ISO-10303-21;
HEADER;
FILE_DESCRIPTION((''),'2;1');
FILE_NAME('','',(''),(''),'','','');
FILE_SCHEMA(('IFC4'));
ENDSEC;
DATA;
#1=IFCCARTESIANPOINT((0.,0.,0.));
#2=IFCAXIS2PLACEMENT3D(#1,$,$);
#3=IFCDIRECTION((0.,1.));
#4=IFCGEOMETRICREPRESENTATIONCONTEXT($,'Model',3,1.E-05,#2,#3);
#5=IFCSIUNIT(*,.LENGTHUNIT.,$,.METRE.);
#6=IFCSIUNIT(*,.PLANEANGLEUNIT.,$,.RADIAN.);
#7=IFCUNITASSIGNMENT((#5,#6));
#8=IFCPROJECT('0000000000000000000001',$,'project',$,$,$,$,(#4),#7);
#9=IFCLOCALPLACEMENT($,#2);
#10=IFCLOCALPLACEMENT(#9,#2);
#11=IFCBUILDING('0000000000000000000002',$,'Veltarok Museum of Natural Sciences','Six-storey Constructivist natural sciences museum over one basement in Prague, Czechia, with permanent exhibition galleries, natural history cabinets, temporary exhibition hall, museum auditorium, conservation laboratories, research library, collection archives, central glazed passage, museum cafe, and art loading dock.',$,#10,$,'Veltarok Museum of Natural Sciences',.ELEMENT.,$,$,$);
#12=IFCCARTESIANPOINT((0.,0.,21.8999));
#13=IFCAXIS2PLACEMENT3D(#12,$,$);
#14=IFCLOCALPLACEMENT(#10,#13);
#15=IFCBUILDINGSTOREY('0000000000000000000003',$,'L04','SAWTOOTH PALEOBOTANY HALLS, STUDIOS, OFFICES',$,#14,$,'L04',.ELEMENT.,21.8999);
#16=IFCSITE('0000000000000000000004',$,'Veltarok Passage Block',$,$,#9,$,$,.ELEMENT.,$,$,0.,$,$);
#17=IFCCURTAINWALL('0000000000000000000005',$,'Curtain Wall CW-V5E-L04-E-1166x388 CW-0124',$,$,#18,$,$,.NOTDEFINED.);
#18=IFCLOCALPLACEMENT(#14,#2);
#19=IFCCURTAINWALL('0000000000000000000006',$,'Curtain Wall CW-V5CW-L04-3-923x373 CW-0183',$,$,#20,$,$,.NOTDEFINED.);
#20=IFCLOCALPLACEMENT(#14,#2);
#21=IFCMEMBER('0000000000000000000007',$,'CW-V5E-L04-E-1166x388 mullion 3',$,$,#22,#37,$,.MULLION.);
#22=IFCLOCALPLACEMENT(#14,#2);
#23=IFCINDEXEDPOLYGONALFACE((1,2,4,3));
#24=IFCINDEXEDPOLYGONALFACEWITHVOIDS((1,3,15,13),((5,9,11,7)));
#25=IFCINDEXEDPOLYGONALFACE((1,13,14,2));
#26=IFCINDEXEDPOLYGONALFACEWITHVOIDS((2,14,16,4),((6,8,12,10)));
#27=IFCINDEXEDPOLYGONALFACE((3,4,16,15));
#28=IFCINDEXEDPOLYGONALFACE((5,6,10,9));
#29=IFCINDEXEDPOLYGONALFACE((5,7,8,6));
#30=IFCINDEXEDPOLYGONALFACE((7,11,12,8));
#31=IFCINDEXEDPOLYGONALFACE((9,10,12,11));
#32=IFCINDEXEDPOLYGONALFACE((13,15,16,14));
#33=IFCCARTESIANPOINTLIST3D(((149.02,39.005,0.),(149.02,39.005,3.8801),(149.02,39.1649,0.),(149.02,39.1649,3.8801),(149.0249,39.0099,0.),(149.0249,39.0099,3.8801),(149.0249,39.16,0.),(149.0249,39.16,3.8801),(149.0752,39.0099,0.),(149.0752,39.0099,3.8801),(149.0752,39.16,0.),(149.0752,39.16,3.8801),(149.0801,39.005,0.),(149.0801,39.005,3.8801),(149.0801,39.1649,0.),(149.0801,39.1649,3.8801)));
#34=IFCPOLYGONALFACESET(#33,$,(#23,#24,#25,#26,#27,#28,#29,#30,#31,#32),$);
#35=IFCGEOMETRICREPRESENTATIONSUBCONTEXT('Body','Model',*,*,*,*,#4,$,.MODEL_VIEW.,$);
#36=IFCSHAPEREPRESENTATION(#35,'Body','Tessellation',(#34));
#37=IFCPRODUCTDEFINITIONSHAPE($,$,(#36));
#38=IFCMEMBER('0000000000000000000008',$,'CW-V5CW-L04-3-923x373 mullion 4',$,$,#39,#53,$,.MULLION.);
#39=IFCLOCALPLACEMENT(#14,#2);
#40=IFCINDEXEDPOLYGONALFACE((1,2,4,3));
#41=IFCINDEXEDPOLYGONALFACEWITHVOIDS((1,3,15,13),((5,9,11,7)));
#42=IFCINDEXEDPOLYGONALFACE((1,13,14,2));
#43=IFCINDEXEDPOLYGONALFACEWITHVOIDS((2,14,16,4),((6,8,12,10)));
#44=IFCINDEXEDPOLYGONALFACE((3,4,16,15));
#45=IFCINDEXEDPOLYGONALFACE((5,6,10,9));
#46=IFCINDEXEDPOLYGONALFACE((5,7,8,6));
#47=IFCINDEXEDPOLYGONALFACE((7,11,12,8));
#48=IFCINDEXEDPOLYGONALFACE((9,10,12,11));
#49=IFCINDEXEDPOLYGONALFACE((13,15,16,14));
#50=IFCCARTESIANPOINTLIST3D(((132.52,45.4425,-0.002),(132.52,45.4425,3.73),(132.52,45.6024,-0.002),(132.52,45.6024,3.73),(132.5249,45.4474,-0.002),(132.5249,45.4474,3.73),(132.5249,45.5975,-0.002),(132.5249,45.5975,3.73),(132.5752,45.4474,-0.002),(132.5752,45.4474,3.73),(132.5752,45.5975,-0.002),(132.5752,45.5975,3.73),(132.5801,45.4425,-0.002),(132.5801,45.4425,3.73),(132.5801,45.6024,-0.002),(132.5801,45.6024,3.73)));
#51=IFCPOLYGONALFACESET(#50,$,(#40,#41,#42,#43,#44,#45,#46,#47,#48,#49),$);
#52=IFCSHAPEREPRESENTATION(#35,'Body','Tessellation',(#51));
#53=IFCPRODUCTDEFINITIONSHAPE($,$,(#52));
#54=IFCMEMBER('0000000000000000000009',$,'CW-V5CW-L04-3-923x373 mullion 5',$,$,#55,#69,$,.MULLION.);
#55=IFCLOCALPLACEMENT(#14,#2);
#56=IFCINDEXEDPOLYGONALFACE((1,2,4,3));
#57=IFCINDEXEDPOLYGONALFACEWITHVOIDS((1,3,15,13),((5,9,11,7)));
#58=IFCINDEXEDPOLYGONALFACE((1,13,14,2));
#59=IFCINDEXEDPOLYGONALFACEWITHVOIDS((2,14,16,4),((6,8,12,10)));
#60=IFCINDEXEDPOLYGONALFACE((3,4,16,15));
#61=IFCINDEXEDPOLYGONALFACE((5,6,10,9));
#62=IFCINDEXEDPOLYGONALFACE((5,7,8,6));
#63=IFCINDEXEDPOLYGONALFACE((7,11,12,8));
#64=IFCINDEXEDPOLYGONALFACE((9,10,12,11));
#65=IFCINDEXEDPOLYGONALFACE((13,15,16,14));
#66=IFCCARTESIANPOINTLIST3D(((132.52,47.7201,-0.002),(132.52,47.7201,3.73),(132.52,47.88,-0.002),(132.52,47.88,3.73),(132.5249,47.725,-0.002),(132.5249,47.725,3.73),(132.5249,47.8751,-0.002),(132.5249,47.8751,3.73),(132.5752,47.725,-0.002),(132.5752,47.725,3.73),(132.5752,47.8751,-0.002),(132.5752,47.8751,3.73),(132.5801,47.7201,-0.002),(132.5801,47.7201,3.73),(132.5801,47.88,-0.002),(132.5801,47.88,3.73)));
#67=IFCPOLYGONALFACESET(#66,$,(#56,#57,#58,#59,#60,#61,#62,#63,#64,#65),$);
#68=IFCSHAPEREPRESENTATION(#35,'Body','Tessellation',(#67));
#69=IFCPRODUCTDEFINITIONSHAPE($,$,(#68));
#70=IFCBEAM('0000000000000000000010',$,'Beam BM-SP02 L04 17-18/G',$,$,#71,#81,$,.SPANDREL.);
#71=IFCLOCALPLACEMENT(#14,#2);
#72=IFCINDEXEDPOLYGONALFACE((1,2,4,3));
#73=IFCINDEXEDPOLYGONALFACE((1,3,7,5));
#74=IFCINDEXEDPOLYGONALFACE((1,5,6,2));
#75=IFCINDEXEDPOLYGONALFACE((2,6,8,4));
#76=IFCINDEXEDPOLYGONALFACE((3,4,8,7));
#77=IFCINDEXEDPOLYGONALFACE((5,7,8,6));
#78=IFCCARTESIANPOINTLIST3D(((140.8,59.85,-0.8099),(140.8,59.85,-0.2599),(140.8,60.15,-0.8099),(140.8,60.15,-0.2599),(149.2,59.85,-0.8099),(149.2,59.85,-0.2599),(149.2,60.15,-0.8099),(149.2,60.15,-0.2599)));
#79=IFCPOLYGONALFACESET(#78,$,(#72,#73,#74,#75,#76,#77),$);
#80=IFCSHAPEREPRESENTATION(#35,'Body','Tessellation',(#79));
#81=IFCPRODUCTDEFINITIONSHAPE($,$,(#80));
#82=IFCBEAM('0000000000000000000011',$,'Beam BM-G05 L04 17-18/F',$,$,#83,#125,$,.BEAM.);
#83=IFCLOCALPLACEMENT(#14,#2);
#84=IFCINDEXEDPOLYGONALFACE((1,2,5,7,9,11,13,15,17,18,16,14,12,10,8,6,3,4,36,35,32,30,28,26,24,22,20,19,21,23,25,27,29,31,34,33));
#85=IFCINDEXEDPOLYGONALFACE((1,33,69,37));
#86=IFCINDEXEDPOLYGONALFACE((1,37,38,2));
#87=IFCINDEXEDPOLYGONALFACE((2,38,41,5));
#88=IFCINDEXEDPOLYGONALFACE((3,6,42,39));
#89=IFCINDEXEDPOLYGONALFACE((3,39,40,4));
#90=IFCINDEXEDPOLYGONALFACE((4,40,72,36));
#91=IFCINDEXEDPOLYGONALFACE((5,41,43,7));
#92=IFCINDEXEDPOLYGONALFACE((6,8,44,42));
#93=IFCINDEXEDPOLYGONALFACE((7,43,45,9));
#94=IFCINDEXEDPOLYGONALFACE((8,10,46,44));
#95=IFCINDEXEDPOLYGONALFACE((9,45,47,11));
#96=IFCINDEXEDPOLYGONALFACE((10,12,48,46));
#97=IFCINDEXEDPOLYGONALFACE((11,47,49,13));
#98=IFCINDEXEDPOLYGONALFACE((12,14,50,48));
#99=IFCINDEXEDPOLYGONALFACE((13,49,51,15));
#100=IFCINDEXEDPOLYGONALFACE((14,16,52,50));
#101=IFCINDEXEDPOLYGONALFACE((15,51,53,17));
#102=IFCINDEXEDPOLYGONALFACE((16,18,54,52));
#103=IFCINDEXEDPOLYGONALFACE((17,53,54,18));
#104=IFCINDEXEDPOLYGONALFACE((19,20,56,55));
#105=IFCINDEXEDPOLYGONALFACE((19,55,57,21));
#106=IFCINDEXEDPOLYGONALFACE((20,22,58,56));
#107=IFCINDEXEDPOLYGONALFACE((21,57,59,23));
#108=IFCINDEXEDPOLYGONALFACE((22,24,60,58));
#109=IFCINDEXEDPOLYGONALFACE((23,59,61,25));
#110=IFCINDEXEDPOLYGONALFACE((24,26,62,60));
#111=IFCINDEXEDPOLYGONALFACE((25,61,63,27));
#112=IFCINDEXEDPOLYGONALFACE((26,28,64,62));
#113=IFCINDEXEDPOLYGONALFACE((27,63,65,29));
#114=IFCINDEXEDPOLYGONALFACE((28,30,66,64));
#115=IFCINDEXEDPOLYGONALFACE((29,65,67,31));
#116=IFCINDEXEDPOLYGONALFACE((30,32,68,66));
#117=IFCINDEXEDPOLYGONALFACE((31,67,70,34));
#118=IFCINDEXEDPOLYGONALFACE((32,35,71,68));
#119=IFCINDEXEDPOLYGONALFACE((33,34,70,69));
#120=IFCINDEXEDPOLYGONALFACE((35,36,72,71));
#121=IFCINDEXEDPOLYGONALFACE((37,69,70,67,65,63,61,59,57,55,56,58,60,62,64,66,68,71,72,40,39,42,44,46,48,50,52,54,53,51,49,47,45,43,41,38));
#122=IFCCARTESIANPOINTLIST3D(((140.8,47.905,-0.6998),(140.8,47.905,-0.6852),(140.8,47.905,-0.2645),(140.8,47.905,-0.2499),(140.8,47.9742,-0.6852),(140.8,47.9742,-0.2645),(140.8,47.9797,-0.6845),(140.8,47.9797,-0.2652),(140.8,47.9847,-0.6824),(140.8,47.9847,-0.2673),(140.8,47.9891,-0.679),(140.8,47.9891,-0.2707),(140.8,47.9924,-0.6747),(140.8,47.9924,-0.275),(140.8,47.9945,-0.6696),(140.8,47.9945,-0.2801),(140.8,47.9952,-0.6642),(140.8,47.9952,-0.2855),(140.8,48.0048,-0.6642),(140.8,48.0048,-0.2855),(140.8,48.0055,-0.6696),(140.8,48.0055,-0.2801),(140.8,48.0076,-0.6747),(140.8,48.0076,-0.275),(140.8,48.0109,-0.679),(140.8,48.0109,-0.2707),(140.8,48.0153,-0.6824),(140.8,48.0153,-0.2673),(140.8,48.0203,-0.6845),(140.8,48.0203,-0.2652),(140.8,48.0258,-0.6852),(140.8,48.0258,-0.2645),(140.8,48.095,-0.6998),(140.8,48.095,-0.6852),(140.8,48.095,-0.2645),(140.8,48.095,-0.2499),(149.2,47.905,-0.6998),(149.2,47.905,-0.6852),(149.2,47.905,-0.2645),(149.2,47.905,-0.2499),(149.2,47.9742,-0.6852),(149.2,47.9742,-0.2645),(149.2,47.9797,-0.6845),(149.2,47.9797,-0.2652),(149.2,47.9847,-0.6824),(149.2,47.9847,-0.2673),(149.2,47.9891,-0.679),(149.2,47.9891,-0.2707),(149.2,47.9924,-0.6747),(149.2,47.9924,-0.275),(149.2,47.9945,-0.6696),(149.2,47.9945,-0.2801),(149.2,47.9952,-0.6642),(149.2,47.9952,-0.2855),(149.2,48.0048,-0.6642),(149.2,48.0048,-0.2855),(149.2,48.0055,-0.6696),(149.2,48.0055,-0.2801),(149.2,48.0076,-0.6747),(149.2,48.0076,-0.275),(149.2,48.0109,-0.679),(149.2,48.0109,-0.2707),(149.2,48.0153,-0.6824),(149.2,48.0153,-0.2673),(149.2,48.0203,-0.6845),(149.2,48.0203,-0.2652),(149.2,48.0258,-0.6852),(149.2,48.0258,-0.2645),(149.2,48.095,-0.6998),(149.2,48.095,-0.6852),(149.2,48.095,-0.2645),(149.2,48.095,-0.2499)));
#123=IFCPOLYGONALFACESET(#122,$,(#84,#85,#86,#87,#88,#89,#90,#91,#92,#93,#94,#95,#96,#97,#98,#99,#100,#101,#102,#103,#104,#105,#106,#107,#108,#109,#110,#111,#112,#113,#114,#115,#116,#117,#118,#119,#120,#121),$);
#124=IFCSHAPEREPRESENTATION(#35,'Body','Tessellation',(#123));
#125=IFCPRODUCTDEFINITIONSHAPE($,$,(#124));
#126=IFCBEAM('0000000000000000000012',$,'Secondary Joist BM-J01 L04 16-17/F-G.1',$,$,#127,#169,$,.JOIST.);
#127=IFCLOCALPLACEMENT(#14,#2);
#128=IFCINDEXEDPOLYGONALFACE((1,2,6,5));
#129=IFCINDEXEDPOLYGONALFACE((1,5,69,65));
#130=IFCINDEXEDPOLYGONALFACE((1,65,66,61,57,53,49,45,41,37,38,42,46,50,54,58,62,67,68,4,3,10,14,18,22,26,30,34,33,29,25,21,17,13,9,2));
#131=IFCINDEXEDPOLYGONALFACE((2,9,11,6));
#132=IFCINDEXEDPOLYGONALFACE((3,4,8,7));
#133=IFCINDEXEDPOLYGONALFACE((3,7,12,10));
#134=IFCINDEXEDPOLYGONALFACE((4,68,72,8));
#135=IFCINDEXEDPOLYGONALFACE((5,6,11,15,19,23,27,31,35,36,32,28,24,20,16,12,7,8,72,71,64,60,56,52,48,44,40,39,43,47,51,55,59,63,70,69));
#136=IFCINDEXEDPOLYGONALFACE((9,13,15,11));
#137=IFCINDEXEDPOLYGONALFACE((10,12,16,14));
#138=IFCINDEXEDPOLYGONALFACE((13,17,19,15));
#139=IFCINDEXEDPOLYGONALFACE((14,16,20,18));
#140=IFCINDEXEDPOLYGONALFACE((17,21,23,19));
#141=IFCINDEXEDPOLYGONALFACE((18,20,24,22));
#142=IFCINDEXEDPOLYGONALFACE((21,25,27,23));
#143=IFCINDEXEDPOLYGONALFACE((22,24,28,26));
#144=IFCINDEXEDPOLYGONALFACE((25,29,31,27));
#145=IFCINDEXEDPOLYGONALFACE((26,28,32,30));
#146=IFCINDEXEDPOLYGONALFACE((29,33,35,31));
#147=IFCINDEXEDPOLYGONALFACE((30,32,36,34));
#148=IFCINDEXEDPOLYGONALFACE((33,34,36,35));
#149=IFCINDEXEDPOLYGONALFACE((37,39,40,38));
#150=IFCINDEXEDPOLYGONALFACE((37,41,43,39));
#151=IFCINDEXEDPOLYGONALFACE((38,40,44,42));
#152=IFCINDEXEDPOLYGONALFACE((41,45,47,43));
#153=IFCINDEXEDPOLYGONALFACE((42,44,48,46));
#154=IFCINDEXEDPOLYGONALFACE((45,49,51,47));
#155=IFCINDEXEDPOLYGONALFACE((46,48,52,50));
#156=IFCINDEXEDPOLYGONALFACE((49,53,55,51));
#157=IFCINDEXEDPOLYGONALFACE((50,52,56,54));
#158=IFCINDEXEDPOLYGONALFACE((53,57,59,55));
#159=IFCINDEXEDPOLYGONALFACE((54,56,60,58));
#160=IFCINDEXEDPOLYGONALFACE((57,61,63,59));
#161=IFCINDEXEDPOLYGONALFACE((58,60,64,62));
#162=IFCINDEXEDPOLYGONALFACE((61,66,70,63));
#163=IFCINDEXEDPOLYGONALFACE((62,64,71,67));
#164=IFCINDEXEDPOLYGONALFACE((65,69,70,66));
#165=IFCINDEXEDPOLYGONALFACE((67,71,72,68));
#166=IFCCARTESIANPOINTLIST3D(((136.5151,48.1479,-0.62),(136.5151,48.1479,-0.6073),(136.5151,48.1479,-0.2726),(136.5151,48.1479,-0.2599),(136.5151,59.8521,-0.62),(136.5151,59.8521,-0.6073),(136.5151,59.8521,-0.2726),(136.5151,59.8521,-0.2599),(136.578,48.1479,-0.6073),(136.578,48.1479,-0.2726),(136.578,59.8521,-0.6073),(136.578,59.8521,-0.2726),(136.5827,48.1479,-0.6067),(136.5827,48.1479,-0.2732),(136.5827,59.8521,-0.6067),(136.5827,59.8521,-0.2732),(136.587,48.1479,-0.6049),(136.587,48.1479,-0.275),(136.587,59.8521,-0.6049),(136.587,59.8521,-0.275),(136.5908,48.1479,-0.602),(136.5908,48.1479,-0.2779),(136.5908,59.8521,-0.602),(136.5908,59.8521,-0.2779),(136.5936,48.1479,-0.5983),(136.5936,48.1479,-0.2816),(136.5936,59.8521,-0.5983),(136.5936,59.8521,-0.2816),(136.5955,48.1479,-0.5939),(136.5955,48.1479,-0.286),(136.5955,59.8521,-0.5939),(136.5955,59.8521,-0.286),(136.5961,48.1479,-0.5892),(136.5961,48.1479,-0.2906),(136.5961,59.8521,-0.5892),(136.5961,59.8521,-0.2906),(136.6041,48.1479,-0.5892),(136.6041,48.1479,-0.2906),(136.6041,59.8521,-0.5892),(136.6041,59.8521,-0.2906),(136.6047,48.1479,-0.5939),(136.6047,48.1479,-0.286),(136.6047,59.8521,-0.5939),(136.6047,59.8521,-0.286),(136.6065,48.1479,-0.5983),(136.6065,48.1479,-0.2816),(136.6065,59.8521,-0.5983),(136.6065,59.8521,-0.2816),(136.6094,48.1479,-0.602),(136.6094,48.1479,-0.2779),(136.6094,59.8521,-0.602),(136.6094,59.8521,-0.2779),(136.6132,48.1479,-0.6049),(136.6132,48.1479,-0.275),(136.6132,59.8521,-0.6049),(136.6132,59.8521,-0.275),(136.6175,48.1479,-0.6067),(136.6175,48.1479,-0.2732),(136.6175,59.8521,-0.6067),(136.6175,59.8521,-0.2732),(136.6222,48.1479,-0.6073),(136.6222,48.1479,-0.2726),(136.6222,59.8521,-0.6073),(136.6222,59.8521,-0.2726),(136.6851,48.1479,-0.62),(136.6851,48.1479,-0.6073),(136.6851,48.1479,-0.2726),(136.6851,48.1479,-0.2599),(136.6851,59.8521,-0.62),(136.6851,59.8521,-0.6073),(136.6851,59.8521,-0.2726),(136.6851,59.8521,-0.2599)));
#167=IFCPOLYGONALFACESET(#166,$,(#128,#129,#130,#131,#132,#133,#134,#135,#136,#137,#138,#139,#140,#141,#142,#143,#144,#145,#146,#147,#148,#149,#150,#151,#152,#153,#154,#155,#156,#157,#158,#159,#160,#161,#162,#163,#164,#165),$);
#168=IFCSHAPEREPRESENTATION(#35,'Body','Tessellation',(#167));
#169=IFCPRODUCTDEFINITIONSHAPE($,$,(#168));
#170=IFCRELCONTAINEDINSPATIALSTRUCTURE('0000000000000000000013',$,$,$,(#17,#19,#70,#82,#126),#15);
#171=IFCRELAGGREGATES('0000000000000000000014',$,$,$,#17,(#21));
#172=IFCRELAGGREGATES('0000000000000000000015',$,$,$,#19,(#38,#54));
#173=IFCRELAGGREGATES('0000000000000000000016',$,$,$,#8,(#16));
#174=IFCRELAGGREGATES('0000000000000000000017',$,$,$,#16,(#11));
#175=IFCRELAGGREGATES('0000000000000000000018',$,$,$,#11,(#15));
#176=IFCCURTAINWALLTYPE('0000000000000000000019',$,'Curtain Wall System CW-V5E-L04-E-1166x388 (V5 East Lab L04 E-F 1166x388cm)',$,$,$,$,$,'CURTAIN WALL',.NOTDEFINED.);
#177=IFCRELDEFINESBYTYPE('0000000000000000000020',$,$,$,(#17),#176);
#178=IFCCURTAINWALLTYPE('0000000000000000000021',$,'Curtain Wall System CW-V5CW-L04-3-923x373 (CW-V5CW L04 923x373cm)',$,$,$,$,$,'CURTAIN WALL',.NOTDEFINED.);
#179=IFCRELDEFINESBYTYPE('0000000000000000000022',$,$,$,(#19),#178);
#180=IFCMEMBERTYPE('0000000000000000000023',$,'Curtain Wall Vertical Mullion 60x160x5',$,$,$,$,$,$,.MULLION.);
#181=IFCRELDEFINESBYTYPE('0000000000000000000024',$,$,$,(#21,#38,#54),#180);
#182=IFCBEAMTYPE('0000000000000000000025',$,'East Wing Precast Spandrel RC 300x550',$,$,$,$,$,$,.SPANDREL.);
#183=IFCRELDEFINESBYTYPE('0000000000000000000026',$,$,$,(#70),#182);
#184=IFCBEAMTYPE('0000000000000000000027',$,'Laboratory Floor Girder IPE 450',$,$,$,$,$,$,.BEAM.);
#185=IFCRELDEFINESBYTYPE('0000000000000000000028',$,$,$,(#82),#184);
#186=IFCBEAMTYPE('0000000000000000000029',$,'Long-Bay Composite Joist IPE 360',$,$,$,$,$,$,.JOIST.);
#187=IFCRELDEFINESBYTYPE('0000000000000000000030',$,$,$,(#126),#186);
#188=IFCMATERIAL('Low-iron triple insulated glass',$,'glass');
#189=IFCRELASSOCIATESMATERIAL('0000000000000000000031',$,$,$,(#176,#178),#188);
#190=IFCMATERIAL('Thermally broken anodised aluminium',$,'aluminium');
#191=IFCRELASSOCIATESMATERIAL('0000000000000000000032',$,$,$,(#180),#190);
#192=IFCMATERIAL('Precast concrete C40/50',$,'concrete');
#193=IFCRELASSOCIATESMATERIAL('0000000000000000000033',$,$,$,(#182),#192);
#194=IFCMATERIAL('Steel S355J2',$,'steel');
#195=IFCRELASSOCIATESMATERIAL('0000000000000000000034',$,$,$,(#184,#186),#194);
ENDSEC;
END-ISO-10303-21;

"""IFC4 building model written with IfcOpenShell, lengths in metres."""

from ifc_helpers import new_model, si_unit, direction, frame, origin, origin_2d, place, context, subcontext, project, spatial, rectangle, hollow_rectangle, i_section, extrude, material, material_profile, profile_set, type_object, element, aggregate, save


model = new_model("IFC4")

# Units and contexts
model_context = context("Model", 3, precision=1e-05, world=origin(), true_north=direction((0.0, 1.0)))
body_context = subcontext(model_context, "Body", "Model", "MODEL_VIEW")
ifc_project = project(units=[si_unit("LENGTHUNIT", "METRE"), si_unit("PLANEANGLEUNIT", "RADIAN")], contexts=[model_context])

# Site, building, storey
site_placement = place(None, origin())
site = spatial("IfcSite", under=ifc_project, at=site_placement, Name="Veltarok Passage Block", CompositionType="ELEMENT", RefElevation=0.0)
building_placement = place(site_placement, origin())
building = spatial("IfcBuilding", under=site, at=building_placement, Name="Veltarok Museum of Natural Sciences", Description="Six-storey Constructivist natural sciences museum over one basement in Prague, Czechia, with permanent exhibition galleries, natural history cabinets, temporary exhibition hall, museum auditorium, conservation laboratories, research library, collection archives, central glazed passage, museum cafe, and art loading dock.", LongName="Veltarok Museum of Natural Sciences", CompositionType="ELEMENT")
storey_placement = place(building_placement, frame((0.0, 0.0, 21.8999)))
storey = spatial("IfcBuildingStorey", under=building, at=storey_placement, Name="L04", Description="SAWTOOTH PALEOBOTANY HALLS, STUDIOS, OFFICES", LongName="L04", CompositionType="ELEMENT", Elevation=21.8999)

# Curtain walls
ifc_material_1 = material(Name="Low-iron triple insulated glass", Category="glass")
curtain_wall_type_1 = type_object("IfcCurtainWallType", Name="Curtain Wall System CW-V5E-L04-E-1166x388 (V5 East Lab L04 E-F 1166x388cm)", ElementType="CURTAIN WALL", PredefinedType="NOTDEFINED", material=ifc_material_1)
curtain_wall_1_placement = place(storey_placement, origin())
curtain_wall_1 = element("IfcCurtainWall", 1, at=curtain_wall_1_placement, inside=storey, type_object=curtain_wall_type_1, Name="Curtain Wall CW-V5E-L04-E-1166x388 CW-0124", PredefinedType="NOTDEFINED")
ifc_material_2 = material(Name="Thermally broken anodised aluminium", Category="aluminium")
curtain_wall_type_2 = type_object("IfcCurtainWallType", Name="Curtain Wall System CW-V5CW-L04-3-923x373 (CW-V5CW L04 923x373cm)", ElementType="CURTAIN WALL", PredefinedType="NOTDEFINED", material=ifc_material_1)
curtain_wall_2_placement = place(storey_placement, origin())
curtain_wall_2 = element("IfcCurtainWall", 2, at=curtain_wall_2_placement, inside=storey, type_object=curtain_wall_type_2, Name="Curtain Wall CW-V5CW-L04-3-923x373 CW-0183", PredefinedType="NOTDEFINED")

# Members
ifc_material_profile_1 = material_profile(ifc_material_2, hollow_rectangle(XDim=0.0601, YDim=0.1599, WallThickness=0.0049, at=origin_2d()), Name="CW MULLION 60x160x5")
ifc_profile_set_1 = profile_set([ifc_material_profile_1], Name="Thermally broken anodised aluminium")
member_type_1 = type_object("IfcMemberType", Name="Curtain Wall Vertical Mullion 60x160x5", PredefinedType="MULLION", material=ifc_profile_set_1)
member_1_placement = place(storey_placement, frame((149.05, 39.085, 0.0), z_axis=(0.0, 0.0, 1.0), x_axis=(-1.0, 0.0, 0.0)))
member_1 = element("IfcMember", 3, at=member_1_placement, type_object=member_type_1, Name="CW-V5E-L04-E-1166x388 mullion 3", PredefinedType="MULLION", context=body_context, shape_type="SweptSolid", body=[
    extrude(hollow_rectangle(XDim=0.0601, YDim=0.1599, WallThickness=0.0049, at=origin_2d()), origin(), (0.0, 0.0, 1.0), 3.8801),
])
member_2_placement = place(storey_placement, frame((132.55, 45.5225, -0.002), z_axis=(0.0, 0.0, 1.0), x_axis=(-1.0, 0.0, 0.0)))
member_2 = element("IfcMember", 4, at=member_2_placement, type_object=member_type_1, Name="CW-V5CW-L04-3-923x373 mullion 4", PredefinedType="MULLION", context=body_context, shape_type="SweptSolid", body=[
    extrude(hollow_rectangle(XDim=0.0601, YDim=0.1599, WallThickness=0.0049, at=origin_2d()), origin(), (0.0, 0.0, 1.0), 3.7319),
])
member_3_placement = place(storey_placement, frame((132.55, 47.8, -0.002), z_axis=(0.0, 0.0, 1.0), x_axis=(-1.0, 0.0, 0.0)))
member_3 = element("IfcMember", 5, at=member_3_placement, type_object=member_type_1, Name="CW-V5CW-L04-3-923x373 mullion 5", PredefinedType="MULLION", context=body_context, shape_type="SweptSolid", body=[
    extrude(hollow_rectangle(XDim=0.0601, YDim=0.1599, WallThickness=0.0049, at=origin_2d()), origin(), (0.0, 0.0, 1.0), 3.7319),
])

# Beams
ifc_material_3 = material(Name="Precast concrete C40/50", Category="concrete")
ifc_material_profile_2 = material_profile(ifc_material_3, rectangle(XDim=0.3, YDim=0.55, at=origin_2d()), Name="RC 300x550")
ifc_profile_set_2 = profile_set([ifc_material_profile_2], Name="Precast concrete C40/50")
beam_type_1 = type_object("IfcBeamType", Name="East Wing Precast Spandrel RC 300x550", PredefinedType="SPANDREL", material=ifc_profile_set_2)
beam_1_placement = place(storey_placement, frame((140.8, 60.0, -0.5349), z_axis=(1.0, 0.0, 0.0), x_axis=(0.0, 1.0, 0.0)))
element("IfcBeam", 6, at=beam_1_placement, inside=storey, type_object=beam_type_1, Name="Beam BM-SP02 L04 17-18/G", PredefinedType="SPANDREL", context=body_context, shape_type="SweptSolid", body=[
    extrude(rectangle(XDim=0.3, YDim=0.55, at=origin_2d()), origin(), (0.0, 0.0, 1.0), 8.3999),
])
ifc_material_4 = material(Name="Steel S355J2", Category="steel")
ifc_material_profile_3 = material_profile(ifc_material_4, i_section(OverallWidth=0.1899, OverallDepth=0.45, WebThickness=0.0095, FlangeThickness=0.0146, FilletRadius=0.021, at=origin_2d()), Name="IPE 450")
ifc_profile_set_3 = profile_set([ifc_material_profile_3], Name="Steel S355J2")
beam_type_2 = type_object("IfcBeamType", Name="Laboratory Floor Girder IPE 450", PredefinedType="BEAM", material=ifc_profile_set_3)
beam_2_placement = place(storey_placement, frame((140.8, 48.0, -0.4749), z_axis=(1.0, 0.0, 0.0), x_axis=(0.0, 1.0, 0.0)))
element("IfcBeam", 7, at=beam_2_placement, inside=storey, type_object=beam_type_2, Name="Beam BM-G05 L04 17-18/F", PredefinedType="BEAM", context=body_context, shape_type="SweptSolid", body=[
    extrude(i_section(OverallWidth=0.1899, OverallDepth=0.45, WebThickness=0.0095, FlangeThickness=0.0146, FilletRadius=0.021, at=origin_2d()), origin(), (0.0, 0.0, 1.0), 8.3999),
])
ifc_material_profile_4 = material_profile(ifc_material_4, i_section(OverallWidth=0.1699, OverallDepth=0.3601, WebThickness=0.0081, FlangeThickness=0.0127, FilletRadius=0.0181, at=origin_2d()), Name="IPE 360")
ifc_profile_set_4 = profile_set([ifc_material_profile_4], Name="Steel S355J2")
beam_type_3 = type_object("IfcBeamType", Name="Long-Bay Composite Joist IPE 360", PredefinedType="JOIST", material=ifc_profile_set_4)
beam_3_placement = place(storey_placement, frame((136.6001, 48.1479, -0.4399), z_axis=(0.0, 1.0, 0.0), x_axis=(-1.0, 0.0, 0.0)))
element("IfcBeam", 8, at=beam_3_placement, inside=storey, type_object=beam_type_3, Name="Secondary Joist BM-J01 L04 16-17/F-G.1", PredefinedType="JOIST", context=body_context, shape_type="SweptSolid", body=[
    extrude(i_section(OverallWidth=0.1699, OverallDepth=0.3601, WebThickness=0.0081, FlangeThickness=0.0127, FilletRadius=0.0181, at=origin_2d()), origin(), (0.0, 0.0, 1.0), 11.7041),
])

aggregate(curtain_wall_1, [member_1])
aggregate(curtain_wall_2, [member_2, member_3])

save(model, "model.ifc")
